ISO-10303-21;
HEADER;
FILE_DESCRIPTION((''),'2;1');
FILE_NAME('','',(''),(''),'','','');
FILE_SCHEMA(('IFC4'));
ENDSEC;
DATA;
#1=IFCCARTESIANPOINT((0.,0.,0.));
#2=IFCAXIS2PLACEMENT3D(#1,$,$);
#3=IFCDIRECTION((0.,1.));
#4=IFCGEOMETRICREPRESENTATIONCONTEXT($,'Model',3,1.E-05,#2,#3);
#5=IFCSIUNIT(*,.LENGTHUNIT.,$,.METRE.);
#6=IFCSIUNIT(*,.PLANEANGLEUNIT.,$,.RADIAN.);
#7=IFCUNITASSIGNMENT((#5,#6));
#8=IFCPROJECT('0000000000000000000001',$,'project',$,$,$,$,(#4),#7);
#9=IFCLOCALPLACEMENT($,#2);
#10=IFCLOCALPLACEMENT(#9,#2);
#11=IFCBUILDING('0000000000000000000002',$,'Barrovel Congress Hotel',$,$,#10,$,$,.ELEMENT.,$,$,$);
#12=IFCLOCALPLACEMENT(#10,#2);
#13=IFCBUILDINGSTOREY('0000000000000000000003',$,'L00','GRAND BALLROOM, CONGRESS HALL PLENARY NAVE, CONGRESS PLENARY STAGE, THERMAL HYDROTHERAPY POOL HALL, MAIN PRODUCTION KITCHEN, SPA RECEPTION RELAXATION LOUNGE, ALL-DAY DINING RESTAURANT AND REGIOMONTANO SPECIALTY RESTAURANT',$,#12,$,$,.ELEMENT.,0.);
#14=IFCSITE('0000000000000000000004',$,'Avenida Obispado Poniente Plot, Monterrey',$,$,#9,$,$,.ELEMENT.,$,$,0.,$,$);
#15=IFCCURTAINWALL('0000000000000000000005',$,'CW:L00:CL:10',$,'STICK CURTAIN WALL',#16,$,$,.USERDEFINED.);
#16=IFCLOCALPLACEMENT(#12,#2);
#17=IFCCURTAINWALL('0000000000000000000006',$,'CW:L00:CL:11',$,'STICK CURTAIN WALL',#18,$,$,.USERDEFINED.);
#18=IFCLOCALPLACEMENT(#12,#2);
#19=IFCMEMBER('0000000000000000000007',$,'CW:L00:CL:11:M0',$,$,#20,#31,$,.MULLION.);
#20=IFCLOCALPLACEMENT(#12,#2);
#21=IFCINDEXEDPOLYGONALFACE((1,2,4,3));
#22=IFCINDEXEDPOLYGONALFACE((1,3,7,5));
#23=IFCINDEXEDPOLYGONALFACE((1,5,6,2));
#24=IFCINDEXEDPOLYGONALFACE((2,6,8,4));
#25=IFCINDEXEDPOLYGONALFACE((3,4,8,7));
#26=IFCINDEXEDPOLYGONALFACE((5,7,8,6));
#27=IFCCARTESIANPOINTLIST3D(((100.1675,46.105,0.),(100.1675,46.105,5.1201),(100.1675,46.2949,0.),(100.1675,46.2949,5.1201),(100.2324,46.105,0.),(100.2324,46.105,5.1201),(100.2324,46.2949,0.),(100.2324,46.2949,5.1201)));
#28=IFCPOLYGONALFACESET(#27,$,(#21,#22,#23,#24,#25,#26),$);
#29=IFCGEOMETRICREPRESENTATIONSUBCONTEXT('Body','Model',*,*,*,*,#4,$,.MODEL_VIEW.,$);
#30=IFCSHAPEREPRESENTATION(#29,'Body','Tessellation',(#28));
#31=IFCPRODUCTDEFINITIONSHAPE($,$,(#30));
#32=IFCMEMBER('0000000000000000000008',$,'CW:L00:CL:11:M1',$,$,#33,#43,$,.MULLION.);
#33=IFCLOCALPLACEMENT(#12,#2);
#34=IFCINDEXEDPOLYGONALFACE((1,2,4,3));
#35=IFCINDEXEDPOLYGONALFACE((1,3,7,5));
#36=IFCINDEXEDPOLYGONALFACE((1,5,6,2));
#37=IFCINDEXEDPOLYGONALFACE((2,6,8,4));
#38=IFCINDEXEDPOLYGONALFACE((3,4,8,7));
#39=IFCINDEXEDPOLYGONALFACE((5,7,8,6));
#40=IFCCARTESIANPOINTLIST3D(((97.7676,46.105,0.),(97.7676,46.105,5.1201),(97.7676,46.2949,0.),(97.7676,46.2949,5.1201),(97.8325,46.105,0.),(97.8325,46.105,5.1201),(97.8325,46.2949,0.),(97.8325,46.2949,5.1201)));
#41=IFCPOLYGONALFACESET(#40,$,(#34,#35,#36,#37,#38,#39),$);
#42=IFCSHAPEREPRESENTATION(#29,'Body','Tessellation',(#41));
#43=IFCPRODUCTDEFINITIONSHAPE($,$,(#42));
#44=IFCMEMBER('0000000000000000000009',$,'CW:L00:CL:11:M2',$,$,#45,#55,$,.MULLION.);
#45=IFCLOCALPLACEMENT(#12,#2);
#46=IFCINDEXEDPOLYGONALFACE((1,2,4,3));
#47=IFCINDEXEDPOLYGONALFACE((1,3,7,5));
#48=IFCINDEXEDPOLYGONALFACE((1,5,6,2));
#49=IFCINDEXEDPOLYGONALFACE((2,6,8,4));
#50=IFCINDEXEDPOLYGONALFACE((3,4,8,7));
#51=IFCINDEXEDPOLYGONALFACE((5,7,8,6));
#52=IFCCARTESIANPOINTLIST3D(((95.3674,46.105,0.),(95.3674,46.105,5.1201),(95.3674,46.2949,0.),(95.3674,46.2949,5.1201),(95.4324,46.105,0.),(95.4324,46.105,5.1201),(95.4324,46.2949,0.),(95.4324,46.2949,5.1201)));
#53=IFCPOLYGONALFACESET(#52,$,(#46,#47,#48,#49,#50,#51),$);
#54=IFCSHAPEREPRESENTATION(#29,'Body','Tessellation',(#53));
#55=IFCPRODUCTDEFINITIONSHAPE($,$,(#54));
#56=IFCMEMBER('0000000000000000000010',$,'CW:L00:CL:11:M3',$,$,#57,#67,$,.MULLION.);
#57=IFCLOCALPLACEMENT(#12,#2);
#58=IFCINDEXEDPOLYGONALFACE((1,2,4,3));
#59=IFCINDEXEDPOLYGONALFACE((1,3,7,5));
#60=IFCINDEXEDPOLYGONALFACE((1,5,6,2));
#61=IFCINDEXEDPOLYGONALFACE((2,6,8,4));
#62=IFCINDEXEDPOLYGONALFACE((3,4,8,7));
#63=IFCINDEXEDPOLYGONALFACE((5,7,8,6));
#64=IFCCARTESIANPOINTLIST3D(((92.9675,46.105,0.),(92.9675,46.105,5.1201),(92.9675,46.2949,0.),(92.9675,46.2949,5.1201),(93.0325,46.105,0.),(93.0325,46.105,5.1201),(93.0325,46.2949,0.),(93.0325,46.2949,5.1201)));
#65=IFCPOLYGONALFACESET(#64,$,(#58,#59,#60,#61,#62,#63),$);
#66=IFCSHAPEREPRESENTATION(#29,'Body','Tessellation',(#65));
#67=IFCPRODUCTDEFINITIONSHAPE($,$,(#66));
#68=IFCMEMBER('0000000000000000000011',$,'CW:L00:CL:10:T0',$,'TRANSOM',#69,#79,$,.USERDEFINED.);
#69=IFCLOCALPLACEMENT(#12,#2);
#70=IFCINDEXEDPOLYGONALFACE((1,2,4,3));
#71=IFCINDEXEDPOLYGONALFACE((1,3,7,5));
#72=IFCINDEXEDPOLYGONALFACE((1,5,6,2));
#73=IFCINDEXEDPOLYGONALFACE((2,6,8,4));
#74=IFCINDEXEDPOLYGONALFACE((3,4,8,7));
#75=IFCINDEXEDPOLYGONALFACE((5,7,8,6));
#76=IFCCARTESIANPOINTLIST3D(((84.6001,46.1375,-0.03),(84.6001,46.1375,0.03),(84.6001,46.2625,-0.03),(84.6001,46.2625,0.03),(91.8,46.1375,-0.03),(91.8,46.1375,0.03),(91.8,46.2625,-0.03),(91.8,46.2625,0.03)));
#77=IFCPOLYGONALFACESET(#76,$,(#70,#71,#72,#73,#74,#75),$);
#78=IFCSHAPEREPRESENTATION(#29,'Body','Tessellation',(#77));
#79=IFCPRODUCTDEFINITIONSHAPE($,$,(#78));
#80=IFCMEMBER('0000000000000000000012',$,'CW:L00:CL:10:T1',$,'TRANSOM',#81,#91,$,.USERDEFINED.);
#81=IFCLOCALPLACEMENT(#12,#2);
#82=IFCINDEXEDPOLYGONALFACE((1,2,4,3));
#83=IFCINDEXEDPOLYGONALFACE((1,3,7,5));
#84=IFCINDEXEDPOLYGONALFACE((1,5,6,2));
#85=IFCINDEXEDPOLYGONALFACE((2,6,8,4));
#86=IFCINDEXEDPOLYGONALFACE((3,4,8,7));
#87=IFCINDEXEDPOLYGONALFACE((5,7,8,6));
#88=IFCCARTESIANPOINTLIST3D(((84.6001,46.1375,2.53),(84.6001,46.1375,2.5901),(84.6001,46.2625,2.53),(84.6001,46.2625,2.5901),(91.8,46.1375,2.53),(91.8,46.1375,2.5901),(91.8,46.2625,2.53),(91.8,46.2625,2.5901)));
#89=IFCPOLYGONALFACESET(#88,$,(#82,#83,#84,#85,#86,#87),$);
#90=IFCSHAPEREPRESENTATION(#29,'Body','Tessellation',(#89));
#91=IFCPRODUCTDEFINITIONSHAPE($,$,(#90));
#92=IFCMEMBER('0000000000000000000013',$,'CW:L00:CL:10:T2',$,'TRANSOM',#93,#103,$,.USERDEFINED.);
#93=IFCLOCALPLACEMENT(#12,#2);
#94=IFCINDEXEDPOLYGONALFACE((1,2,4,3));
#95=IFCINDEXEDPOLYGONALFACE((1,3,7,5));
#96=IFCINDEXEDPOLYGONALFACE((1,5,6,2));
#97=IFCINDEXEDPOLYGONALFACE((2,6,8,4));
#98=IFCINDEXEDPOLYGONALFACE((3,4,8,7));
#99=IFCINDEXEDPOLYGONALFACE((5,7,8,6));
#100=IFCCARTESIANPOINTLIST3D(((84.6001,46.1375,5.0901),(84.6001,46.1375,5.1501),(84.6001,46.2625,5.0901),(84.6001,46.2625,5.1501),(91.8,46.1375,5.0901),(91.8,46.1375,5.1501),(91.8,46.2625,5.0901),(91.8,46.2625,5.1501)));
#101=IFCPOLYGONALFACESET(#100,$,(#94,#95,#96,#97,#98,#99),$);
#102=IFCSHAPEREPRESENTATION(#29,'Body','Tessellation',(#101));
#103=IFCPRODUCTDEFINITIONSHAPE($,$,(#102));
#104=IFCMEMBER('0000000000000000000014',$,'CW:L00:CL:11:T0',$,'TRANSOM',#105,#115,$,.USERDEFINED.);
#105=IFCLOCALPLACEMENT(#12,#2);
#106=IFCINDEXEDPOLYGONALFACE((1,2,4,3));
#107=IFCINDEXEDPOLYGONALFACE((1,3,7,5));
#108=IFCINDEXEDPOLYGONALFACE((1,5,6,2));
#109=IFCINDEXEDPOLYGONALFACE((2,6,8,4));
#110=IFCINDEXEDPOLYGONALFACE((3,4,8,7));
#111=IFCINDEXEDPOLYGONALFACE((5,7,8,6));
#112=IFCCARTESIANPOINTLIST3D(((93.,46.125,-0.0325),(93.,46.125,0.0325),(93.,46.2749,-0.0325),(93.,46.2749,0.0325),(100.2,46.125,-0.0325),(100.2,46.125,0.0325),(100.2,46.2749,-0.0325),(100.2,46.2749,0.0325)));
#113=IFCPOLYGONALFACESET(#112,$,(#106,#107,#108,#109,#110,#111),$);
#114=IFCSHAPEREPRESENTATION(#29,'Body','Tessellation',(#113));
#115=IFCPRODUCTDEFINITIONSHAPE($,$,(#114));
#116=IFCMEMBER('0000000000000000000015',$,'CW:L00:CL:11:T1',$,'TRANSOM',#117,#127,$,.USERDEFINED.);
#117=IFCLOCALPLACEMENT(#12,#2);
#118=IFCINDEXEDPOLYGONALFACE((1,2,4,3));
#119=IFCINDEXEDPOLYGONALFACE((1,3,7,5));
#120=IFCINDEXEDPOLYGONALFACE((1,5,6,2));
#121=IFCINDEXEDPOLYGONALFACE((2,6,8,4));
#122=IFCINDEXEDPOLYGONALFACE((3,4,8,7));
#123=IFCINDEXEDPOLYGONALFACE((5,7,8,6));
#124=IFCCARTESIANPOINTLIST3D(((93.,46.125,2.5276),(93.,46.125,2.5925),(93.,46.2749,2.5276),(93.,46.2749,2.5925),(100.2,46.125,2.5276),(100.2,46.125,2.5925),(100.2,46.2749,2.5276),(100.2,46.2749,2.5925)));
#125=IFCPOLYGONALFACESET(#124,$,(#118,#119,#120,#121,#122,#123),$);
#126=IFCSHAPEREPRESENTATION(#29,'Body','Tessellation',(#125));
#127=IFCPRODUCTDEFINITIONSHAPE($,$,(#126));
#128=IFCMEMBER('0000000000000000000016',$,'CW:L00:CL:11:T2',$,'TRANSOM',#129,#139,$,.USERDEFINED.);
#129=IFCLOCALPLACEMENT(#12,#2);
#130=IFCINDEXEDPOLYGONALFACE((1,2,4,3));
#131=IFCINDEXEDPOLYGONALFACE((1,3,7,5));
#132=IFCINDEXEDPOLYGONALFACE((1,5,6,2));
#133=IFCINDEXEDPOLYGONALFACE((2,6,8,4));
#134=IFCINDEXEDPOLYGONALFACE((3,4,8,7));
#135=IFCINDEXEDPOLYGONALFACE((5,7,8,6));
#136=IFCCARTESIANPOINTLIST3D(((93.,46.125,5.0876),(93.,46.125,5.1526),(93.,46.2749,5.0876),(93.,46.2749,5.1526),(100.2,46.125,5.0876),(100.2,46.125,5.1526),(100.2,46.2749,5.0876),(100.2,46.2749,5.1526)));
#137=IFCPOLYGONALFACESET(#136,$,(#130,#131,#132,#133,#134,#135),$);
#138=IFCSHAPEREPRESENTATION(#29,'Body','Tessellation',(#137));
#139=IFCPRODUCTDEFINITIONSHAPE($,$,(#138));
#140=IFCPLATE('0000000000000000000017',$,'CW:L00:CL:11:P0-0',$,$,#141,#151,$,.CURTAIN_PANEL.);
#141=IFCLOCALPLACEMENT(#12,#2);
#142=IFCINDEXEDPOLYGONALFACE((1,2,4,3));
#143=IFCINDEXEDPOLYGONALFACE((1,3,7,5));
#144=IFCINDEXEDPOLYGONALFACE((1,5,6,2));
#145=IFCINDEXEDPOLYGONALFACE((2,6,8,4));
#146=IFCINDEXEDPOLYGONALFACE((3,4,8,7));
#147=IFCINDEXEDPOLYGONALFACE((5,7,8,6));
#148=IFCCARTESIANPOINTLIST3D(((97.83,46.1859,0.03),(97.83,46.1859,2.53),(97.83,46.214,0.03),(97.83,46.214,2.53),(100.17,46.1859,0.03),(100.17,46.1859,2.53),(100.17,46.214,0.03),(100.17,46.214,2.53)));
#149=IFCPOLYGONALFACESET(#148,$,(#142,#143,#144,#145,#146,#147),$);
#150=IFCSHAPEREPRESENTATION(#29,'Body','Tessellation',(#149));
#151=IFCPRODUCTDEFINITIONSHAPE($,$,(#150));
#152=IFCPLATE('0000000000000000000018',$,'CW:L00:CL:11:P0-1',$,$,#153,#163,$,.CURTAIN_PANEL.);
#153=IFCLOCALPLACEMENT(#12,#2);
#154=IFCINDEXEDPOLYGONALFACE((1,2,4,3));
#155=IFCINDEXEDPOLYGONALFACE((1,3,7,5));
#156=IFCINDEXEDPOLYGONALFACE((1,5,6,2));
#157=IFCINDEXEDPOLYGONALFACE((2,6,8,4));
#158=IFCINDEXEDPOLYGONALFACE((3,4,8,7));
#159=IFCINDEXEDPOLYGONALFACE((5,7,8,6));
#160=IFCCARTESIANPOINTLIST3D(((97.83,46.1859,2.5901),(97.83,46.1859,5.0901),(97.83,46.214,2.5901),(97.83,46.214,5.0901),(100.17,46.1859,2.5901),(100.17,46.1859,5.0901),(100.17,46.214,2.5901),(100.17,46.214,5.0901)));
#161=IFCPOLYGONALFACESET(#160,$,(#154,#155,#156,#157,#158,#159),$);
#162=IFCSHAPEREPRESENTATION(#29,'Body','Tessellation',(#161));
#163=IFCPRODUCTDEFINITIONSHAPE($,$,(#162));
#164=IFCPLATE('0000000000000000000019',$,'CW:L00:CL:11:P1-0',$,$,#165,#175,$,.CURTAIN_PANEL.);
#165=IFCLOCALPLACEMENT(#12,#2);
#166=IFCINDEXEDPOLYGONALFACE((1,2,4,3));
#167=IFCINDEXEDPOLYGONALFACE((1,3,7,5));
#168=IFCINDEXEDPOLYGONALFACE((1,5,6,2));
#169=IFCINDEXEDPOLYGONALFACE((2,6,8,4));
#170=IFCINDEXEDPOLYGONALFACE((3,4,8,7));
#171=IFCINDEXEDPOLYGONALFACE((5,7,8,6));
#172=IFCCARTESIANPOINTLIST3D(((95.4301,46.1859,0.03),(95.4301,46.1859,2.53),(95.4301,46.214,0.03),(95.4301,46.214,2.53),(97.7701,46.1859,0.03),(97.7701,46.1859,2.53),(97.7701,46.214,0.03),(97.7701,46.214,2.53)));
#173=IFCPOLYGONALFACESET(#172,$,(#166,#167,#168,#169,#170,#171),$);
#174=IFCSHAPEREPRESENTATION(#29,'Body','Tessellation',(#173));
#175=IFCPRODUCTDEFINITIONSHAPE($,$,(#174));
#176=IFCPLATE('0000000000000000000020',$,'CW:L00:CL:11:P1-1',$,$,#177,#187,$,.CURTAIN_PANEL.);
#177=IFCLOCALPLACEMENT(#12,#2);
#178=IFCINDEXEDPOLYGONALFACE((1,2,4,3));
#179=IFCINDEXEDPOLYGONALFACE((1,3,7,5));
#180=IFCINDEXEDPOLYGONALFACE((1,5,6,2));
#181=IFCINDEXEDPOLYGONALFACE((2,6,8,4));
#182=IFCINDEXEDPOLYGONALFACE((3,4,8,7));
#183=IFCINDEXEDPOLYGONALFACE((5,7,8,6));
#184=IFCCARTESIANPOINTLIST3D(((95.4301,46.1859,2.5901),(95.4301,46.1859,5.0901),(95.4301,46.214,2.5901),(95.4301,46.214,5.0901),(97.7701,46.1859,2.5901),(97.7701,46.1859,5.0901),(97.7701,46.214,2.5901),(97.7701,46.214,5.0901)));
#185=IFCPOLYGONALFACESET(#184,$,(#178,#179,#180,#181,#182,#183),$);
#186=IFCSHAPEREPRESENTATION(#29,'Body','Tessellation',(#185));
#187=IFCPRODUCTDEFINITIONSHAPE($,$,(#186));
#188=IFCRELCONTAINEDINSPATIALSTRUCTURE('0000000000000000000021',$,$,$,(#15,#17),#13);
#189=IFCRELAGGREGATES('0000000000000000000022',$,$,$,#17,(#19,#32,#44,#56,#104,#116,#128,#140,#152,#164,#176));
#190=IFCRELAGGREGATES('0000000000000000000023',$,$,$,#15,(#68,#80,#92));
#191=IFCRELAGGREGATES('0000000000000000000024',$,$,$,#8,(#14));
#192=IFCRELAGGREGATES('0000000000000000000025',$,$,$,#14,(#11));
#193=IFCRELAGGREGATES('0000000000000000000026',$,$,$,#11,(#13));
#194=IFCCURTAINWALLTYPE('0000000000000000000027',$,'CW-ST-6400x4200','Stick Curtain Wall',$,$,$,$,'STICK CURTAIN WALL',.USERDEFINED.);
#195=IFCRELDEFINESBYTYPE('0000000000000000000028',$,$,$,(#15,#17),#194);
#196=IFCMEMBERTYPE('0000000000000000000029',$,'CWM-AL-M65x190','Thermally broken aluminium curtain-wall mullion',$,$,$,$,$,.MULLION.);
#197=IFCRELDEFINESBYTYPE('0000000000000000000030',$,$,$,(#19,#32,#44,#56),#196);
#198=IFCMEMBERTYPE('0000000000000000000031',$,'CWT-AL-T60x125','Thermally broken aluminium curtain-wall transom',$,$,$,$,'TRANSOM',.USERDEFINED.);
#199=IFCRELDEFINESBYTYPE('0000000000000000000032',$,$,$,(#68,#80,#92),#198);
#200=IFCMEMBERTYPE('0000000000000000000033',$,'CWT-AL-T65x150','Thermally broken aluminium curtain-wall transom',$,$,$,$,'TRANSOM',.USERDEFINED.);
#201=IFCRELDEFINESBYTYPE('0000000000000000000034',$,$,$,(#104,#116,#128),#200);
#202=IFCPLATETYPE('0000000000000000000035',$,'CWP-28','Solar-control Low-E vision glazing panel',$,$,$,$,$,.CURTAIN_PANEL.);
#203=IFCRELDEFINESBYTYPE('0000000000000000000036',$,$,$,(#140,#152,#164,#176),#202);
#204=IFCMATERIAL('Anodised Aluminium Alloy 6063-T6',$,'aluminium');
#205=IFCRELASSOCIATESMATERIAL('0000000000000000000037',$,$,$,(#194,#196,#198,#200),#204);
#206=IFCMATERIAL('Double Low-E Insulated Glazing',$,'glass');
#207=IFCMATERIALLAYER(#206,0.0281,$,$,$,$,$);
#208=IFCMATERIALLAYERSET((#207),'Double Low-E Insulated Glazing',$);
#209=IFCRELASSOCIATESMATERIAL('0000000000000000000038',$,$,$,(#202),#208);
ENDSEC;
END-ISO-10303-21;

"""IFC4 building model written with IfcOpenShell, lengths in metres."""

from ifc_helpers import new_model, si_unit, direction, frame, origin, origin_2d, place, context, subcontext, project, spatial, rectangle, extrude, material, layer, layer_set, material_profile, profile_set, type_object, element, aggregate, save


model = new_model("IFC4")

# Units and contexts
model_context = context("Model", 3, precision=1e-05, world=origin(), true_north=direction((0.0, 1.0)))
body_context = subcontext(model_context, "Body", "Model", "MODEL_VIEW")
ifc_project = project(units=[si_unit("LENGTHUNIT", "METRE"), si_unit("PLANEANGLEUNIT", "RADIAN")], contexts=[model_context])

# Site, building, storey
site_placement = place(None, origin())
site = spatial("IfcSite", under=ifc_project, at=site_placement, Name="Avenida Obispado Poniente Plot, Monterrey", CompositionType="ELEMENT", RefElevation=0.0)
building_placement = place(site_placement, origin())
building = spatial("IfcBuilding", under=site, at=building_placement, Name="Barrovel Congress Hotel", CompositionType="ELEMENT")
storey_placement = place(building_placement, origin())
storey = spatial("IfcBuildingStorey", under=building, at=storey_placement, Name="L00", Description="GRAND BALLROOM, CONGRESS HALL PLENARY NAVE, CONGRESS PLENARY STAGE, THERMAL HYDROTHERAPY POOL HALL, MAIN PRODUCTION KITCHEN, SPA RECEPTION RELAXATION LOUNGE, ALL-DAY DINING RESTAURANT AND REGIOMONTANO SPECIALTY RESTAURANT", CompositionType="ELEMENT", Elevation=0.0)

# Curtain walls, members
ifc_material_1 = material(Name="Anodised Aluminium Alloy 6063-T6", Category="aluminium")
curtain_wall_type = type_object("IfcCurtainWallType", Name="CW-ST-6400x4200", Description="Stick Curtain Wall", ElementType="STICK CURTAIN WALL", PredefinedType="USERDEFINED", material=ifc_material_1)
curtain_wall_1_placement = place(storey_placement, origin())
curtain_wall_1 = element("IfcCurtainWall", 1, at=curtain_wall_1_placement, inside=storey, type_object=curtain_wall_type, Name="CW:L00:CL:10", ObjectType="STICK CURTAIN WALL", PredefinedType="USERDEFINED")
curtain_wall_2_placement = place(storey_placement, origin())
curtain_wall_2 = element("IfcCurtainWall", 2, at=curtain_wall_2_placement, inside=storey, type_object=curtain_wall_type, Name="CW:L00:CL:11", ObjectType="STICK CURTAIN WALL", PredefinedType="USERDEFINED")
ifc_material_profile_1 = material_profile(ifc_material_1, rectangle(XDim=0.0649, YDim=0.1899, at=origin_2d()), Name="AL-M65x190")
ifc_profile_set_1 = profile_set([ifc_material_profile_1], Name="Anodised Aluminium Alloy 6063-T6")
member_type_1 = type_object("IfcMemberType", Name="CWM-AL-M65x190", Description="Thermally broken aluminium curtain-wall mullion", PredefinedType="MULLION", material=ifc_profile_set_1)
member_1_placement = place(storey_placement, frame((100.2, 46.2, 0.0), z_axis=(0.0, 0.0, 1.0), x_axis=(1.0, 0.0, 0.0)))
member_1 = element("IfcMember", 3, at=member_1_placement, type_object=member_type_1, Name="CW:L00:CL:11:M0", PredefinedType="MULLION", context=body_context, shape_type="SweptSolid", body=[
    extrude(rectangle(XDim=0.0649, YDim=0.1899, at=origin_2d()), origin(), (0.0, 0.0, 1.0), 5.1201),
])
member_2_placement = place(storey_placement, frame((97.8, 46.2, 0.0), z_axis=(0.0, 0.0, 1.0), x_axis=(1.0, 0.0, 0.0)))
member_2 = element("IfcMember", 4, at=member_2_placement, type_object=member_type_1, Name="CW:L00:CL:11:M1", PredefinedType="MULLION", context=body_context, shape_type="SweptSolid", body=[
    extrude(rectangle(XDim=0.0649, YDim=0.1899, at=origin_2d()), origin(), (0.0, 0.0, 1.0), 5.1201),
])
member_3_placement = place(storey_placement, frame((95.3999, 46.2, 0.0), z_axis=(0.0, 0.0, 1.0), x_axis=(1.0, 0.0, 0.0)))
member_3 = element("IfcMember", 5, at=member_3_placement, type_object=member_type_1, Name="CW:L00:CL:11:M2", PredefinedType="MULLION", context=body_context, shape_type="SweptSolid", body=[
    extrude(rectangle(XDim=0.0649, YDim=0.1899, at=origin_2d()), origin(), (0.0, 0.0, 1.0), 5.1201),
])
member_4_placement = place(storey_placement, frame((93.0, 46.2, 0.0), z_axis=(0.0, 0.0, 1.0), x_axis=(1.0, 0.0, 0.0)))
member_4 = element("IfcMember", 6, at=member_4_placement, type_object=member_type_1, Name="CW:L00:CL:11:M3", PredefinedType="MULLION", context=body_context, shape_type="SweptSolid", body=[
    extrude(rectangle(XDim=0.0649, YDim=0.1899, at=origin_2d()), origin(), (0.0, 0.0, 1.0), 5.1201),
])

# Members
ifc_material_profile_2 = material_profile(ifc_material_1, rectangle(XDim=0.125, YDim=0.0601, at=origin_2d()), Name="AL-T60x125")
ifc_profile_set_2 = profile_set([ifc_material_profile_2], Name="Anodised Aluminium Alloy 6063-T6")
member_type_2 = type_object("IfcMemberType", Name="CWT-AL-T60x125", Description="Thermally broken aluminium curtain-wall transom", ElementType="TRANSOM", PredefinedType="USERDEFINED", material=ifc_profile_set_2)
member_5_placement = place(storey_placement, frame((91.8, 46.2, 0.0), z_axis=(-1.0, 0.0, 0.0), x_axis=(0.0, -1.0, 0.0)))
member_5 = element("IfcMember", 7, at=member_5_placement, type_object=member_type_2, Name="CW:L00:CL:10:T0", ObjectType="TRANSOM", PredefinedType="USERDEFINED", context=body_context, shape_type="SweptSolid", body=[
    extrude(rectangle(XDim=0.125, YDim=0.0601, at=origin_2d()), origin(), (0.0, 0.0, 1.0), 7.2),
])
member_6_placement = place(storey_placement, frame((91.8, 46.2, 2.5601), z_axis=(-1.0, 0.0, 0.0), x_axis=(0.0, -1.0, 0.0)))
member_6 = element("IfcMember", 8, at=member_6_placement, type_object=member_type_2, Name="CW:L00:CL:10:T1", ObjectType="TRANSOM", PredefinedType="USERDEFINED", context=body_context, shape_type="SweptSolid", body=[
    extrude(rectangle(XDim=0.125, YDim=0.0601, at=origin_2d()), origin(), (0.0, 0.0, 1.0), 7.2),
])
member_7_placement = place(storey_placement, frame((91.8, 46.2, 5.1201), z_axis=(-1.0, 0.0, 0.0), x_axis=(0.0, -1.0, 0.0)))
member_7 = element("IfcMember", 9, at=member_7_placement, type_object=member_type_2, Name="CW:L00:CL:10:T2", ObjectType="TRANSOM", PredefinedType="USERDEFINED", context=body_context, shape_type="SweptSolid", body=[
    extrude(rectangle(XDim=0.125, YDim=0.0601, at=origin_2d()), origin(), (0.0, 0.0, 1.0), 7.2),
])
ifc_material_profile_3 = material_profile(ifc_material_1, rectangle(XDim=0.1499, YDim=0.0649, at=origin_2d()), Name="AL-T65x150")
ifc_profile_set_3 = profile_set([ifc_material_profile_3], Name="Anodised Aluminium Alloy 6063-T6")
member_type_3 = type_object("IfcMemberType", Name="CWT-AL-T65x150", Description="Thermally broken aluminium curtain-wall transom", ElementType="TRANSOM", PredefinedType="USERDEFINED", material=ifc_profile_set_3)
member_8_placement = place(storey_placement, frame((100.2, 46.2, 0.0), z_axis=(-1.0, 0.0, 0.0), x_axis=(0.0, -1.0, 0.0)))
member_8 = element("IfcMember", 10, at=member_8_placement, type_object=member_type_3, Name="CW:L00:CL:11:T0", ObjectType="TRANSOM", PredefinedType="USERDEFINED", context=body_context, shape_type="SweptSolid", body=[
    extrude(rectangle(XDim=0.1499, YDim=0.0649, at=origin_2d()), origin(), (0.0, 0.0, 1.0), 7.2),
])
member_9_placement = place(storey_placement, frame((100.2, 46.2, 2.5601), z_axis=(-1.0, 0.0, 0.0), x_axis=(0.0, -1.0, 0.0)))
member_9 = element("IfcMember", 11, at=member_9_placement, type_object=member_type_3, Name="CW:L00:CL:11:T1", ObjectType="TRANSOM", PredefinedType="USERDEFINED", context=body_context, shape_type="SweptSolid", body=[
    extrude(rectangle(XDim=0.1499, YDim=0.0649, at=origin_2d()), origin(), (0.0, 0.0, 1.0), 7.2),
])
member_10_placement = place(storey_placement, frame((100.2, 46.2, 5.1201), z_axis=(-1.0, 0.0, 0.0), x_axis=(0.0, -1.0, 0.0)))
member_10 = element("IfcMember", 12, at=member_10_placement, type_object=member_type_3, Name="CW:L00:CL:11:T2", ObjectType="TRANSOM", PredefinedType="USERDEFINED", context=body_context, shape_type="SweptSolid", body=[
    extrude(rectangle(XDim=0.1499, YDim=0.0649, at=origin_2d()), origin(), (0.0, 0.0, 1.0), 7.2),
])

# Plates
ifc_material_2 = material(Name="Double Low-E Insulated Glazing", Category="glass")
ifc_layer_1 = layer(ifc_material_2, 0.0281)
ifc_layer_set_1 = layer_set([ifc_layer_1], Name="Double Low-E Insulated Glazing")
plate_type_1 = type_object("IfcPlateType", Name="CWP-28", Description="Solar-control Low-E vision glazing panel", PredefinedType="CURTAIN_PANEL", material=ifc_layer_set_1)
plate_1_placement = place(storey_placement, frame((99.0, 46.2, 0.03), z_axis=(0.0, 0.0, 1.0), x_axis=(-1.0, 0.0, 0.0)))
plate_1 = element("IfcPlate", 13, at=plate_1_placement, type_object=plate_type_1, Name="CW:L00:CL:11:P0-0", PredefinedType="CURTAIN_PANEL", context=body_context, shape_type="SweptSolid", body=[
    extrude(rectangle(XDim=2.3401, YDim=0.0281, at=origin_2d()), origin(), (0.0, 0.0, 1.0), 2.5),
])
plate_2_placement = place(storey_placement, frame((99.0, 46.2, 2.5901), z_axis=(0.0, 0.0, 1.0), x_axis=(-1.0, 0.0, 0.0)))
plate_2 = element("IfcPlate", 14, at=plate_2_placement, type_object=plate_type_1, Name="CW:L00:CL:11:P0-1", PredefinedType="CURTAIN_PANEL", context=body_context, shape_type="SweptSolid", body=[
    extrude(rectangle(XDim=2.3401, YDim=0.0281, at=origin_2d()), origin(), (0.0, 0.0, 1.0), 2.5),
])
plate_3_placement = place(storey_placement, frame((96.6001, 46.2, 0.03), z_axis=(0.0, 0.0, 1.0), x_axis=(-1.0, 0.0, 0.0)))
plate_3 = element("IfcPlate", 15, at=plate_3_placement, type_object=plate_type_1, Name="CW:L00:CL:11:P1-0", PredefinedType="CURTAIN_PANEL", context=body_context, shape_type="SweptSolid", body=[
    extrude(rectangle(XDim=2.3401, YDim=0.0281, at=origin_2d()), origin(), (0.0, 0.0, 1.0), 2.5),
])
plate_4_placement = place(storey_placement, frame((96.6001, 46.2, 2.5901), z_axis=(0.0, 0.0, 1.0), x_axis=(-1.0, 0.0, 0.0)))
plate_4 = element("IfcPlate", 16, at=plate_4_placement, type_object=plate_type_1, Name="CW:L00:CL:11:P1-1", PredefinedType="CURTAIN_PANEL", context=body_context, shape_type="SweptSolid", body=[
    extrude(rectangle(XDim=2.3401, YDim=0.0281, at=origin_2d()), origin(), (0.0, 0.0, 1.0), 2.5),
])
aggregate(curtain_wall_2, [member_1, member_2, member_3, member_4, member_8, member_9, member_10, plate_1, plate_2, plate_3, plate_4])
aggregate(curtain_wall_1, [member_5, member_6, member_7])

save(model, "model.ifc")
